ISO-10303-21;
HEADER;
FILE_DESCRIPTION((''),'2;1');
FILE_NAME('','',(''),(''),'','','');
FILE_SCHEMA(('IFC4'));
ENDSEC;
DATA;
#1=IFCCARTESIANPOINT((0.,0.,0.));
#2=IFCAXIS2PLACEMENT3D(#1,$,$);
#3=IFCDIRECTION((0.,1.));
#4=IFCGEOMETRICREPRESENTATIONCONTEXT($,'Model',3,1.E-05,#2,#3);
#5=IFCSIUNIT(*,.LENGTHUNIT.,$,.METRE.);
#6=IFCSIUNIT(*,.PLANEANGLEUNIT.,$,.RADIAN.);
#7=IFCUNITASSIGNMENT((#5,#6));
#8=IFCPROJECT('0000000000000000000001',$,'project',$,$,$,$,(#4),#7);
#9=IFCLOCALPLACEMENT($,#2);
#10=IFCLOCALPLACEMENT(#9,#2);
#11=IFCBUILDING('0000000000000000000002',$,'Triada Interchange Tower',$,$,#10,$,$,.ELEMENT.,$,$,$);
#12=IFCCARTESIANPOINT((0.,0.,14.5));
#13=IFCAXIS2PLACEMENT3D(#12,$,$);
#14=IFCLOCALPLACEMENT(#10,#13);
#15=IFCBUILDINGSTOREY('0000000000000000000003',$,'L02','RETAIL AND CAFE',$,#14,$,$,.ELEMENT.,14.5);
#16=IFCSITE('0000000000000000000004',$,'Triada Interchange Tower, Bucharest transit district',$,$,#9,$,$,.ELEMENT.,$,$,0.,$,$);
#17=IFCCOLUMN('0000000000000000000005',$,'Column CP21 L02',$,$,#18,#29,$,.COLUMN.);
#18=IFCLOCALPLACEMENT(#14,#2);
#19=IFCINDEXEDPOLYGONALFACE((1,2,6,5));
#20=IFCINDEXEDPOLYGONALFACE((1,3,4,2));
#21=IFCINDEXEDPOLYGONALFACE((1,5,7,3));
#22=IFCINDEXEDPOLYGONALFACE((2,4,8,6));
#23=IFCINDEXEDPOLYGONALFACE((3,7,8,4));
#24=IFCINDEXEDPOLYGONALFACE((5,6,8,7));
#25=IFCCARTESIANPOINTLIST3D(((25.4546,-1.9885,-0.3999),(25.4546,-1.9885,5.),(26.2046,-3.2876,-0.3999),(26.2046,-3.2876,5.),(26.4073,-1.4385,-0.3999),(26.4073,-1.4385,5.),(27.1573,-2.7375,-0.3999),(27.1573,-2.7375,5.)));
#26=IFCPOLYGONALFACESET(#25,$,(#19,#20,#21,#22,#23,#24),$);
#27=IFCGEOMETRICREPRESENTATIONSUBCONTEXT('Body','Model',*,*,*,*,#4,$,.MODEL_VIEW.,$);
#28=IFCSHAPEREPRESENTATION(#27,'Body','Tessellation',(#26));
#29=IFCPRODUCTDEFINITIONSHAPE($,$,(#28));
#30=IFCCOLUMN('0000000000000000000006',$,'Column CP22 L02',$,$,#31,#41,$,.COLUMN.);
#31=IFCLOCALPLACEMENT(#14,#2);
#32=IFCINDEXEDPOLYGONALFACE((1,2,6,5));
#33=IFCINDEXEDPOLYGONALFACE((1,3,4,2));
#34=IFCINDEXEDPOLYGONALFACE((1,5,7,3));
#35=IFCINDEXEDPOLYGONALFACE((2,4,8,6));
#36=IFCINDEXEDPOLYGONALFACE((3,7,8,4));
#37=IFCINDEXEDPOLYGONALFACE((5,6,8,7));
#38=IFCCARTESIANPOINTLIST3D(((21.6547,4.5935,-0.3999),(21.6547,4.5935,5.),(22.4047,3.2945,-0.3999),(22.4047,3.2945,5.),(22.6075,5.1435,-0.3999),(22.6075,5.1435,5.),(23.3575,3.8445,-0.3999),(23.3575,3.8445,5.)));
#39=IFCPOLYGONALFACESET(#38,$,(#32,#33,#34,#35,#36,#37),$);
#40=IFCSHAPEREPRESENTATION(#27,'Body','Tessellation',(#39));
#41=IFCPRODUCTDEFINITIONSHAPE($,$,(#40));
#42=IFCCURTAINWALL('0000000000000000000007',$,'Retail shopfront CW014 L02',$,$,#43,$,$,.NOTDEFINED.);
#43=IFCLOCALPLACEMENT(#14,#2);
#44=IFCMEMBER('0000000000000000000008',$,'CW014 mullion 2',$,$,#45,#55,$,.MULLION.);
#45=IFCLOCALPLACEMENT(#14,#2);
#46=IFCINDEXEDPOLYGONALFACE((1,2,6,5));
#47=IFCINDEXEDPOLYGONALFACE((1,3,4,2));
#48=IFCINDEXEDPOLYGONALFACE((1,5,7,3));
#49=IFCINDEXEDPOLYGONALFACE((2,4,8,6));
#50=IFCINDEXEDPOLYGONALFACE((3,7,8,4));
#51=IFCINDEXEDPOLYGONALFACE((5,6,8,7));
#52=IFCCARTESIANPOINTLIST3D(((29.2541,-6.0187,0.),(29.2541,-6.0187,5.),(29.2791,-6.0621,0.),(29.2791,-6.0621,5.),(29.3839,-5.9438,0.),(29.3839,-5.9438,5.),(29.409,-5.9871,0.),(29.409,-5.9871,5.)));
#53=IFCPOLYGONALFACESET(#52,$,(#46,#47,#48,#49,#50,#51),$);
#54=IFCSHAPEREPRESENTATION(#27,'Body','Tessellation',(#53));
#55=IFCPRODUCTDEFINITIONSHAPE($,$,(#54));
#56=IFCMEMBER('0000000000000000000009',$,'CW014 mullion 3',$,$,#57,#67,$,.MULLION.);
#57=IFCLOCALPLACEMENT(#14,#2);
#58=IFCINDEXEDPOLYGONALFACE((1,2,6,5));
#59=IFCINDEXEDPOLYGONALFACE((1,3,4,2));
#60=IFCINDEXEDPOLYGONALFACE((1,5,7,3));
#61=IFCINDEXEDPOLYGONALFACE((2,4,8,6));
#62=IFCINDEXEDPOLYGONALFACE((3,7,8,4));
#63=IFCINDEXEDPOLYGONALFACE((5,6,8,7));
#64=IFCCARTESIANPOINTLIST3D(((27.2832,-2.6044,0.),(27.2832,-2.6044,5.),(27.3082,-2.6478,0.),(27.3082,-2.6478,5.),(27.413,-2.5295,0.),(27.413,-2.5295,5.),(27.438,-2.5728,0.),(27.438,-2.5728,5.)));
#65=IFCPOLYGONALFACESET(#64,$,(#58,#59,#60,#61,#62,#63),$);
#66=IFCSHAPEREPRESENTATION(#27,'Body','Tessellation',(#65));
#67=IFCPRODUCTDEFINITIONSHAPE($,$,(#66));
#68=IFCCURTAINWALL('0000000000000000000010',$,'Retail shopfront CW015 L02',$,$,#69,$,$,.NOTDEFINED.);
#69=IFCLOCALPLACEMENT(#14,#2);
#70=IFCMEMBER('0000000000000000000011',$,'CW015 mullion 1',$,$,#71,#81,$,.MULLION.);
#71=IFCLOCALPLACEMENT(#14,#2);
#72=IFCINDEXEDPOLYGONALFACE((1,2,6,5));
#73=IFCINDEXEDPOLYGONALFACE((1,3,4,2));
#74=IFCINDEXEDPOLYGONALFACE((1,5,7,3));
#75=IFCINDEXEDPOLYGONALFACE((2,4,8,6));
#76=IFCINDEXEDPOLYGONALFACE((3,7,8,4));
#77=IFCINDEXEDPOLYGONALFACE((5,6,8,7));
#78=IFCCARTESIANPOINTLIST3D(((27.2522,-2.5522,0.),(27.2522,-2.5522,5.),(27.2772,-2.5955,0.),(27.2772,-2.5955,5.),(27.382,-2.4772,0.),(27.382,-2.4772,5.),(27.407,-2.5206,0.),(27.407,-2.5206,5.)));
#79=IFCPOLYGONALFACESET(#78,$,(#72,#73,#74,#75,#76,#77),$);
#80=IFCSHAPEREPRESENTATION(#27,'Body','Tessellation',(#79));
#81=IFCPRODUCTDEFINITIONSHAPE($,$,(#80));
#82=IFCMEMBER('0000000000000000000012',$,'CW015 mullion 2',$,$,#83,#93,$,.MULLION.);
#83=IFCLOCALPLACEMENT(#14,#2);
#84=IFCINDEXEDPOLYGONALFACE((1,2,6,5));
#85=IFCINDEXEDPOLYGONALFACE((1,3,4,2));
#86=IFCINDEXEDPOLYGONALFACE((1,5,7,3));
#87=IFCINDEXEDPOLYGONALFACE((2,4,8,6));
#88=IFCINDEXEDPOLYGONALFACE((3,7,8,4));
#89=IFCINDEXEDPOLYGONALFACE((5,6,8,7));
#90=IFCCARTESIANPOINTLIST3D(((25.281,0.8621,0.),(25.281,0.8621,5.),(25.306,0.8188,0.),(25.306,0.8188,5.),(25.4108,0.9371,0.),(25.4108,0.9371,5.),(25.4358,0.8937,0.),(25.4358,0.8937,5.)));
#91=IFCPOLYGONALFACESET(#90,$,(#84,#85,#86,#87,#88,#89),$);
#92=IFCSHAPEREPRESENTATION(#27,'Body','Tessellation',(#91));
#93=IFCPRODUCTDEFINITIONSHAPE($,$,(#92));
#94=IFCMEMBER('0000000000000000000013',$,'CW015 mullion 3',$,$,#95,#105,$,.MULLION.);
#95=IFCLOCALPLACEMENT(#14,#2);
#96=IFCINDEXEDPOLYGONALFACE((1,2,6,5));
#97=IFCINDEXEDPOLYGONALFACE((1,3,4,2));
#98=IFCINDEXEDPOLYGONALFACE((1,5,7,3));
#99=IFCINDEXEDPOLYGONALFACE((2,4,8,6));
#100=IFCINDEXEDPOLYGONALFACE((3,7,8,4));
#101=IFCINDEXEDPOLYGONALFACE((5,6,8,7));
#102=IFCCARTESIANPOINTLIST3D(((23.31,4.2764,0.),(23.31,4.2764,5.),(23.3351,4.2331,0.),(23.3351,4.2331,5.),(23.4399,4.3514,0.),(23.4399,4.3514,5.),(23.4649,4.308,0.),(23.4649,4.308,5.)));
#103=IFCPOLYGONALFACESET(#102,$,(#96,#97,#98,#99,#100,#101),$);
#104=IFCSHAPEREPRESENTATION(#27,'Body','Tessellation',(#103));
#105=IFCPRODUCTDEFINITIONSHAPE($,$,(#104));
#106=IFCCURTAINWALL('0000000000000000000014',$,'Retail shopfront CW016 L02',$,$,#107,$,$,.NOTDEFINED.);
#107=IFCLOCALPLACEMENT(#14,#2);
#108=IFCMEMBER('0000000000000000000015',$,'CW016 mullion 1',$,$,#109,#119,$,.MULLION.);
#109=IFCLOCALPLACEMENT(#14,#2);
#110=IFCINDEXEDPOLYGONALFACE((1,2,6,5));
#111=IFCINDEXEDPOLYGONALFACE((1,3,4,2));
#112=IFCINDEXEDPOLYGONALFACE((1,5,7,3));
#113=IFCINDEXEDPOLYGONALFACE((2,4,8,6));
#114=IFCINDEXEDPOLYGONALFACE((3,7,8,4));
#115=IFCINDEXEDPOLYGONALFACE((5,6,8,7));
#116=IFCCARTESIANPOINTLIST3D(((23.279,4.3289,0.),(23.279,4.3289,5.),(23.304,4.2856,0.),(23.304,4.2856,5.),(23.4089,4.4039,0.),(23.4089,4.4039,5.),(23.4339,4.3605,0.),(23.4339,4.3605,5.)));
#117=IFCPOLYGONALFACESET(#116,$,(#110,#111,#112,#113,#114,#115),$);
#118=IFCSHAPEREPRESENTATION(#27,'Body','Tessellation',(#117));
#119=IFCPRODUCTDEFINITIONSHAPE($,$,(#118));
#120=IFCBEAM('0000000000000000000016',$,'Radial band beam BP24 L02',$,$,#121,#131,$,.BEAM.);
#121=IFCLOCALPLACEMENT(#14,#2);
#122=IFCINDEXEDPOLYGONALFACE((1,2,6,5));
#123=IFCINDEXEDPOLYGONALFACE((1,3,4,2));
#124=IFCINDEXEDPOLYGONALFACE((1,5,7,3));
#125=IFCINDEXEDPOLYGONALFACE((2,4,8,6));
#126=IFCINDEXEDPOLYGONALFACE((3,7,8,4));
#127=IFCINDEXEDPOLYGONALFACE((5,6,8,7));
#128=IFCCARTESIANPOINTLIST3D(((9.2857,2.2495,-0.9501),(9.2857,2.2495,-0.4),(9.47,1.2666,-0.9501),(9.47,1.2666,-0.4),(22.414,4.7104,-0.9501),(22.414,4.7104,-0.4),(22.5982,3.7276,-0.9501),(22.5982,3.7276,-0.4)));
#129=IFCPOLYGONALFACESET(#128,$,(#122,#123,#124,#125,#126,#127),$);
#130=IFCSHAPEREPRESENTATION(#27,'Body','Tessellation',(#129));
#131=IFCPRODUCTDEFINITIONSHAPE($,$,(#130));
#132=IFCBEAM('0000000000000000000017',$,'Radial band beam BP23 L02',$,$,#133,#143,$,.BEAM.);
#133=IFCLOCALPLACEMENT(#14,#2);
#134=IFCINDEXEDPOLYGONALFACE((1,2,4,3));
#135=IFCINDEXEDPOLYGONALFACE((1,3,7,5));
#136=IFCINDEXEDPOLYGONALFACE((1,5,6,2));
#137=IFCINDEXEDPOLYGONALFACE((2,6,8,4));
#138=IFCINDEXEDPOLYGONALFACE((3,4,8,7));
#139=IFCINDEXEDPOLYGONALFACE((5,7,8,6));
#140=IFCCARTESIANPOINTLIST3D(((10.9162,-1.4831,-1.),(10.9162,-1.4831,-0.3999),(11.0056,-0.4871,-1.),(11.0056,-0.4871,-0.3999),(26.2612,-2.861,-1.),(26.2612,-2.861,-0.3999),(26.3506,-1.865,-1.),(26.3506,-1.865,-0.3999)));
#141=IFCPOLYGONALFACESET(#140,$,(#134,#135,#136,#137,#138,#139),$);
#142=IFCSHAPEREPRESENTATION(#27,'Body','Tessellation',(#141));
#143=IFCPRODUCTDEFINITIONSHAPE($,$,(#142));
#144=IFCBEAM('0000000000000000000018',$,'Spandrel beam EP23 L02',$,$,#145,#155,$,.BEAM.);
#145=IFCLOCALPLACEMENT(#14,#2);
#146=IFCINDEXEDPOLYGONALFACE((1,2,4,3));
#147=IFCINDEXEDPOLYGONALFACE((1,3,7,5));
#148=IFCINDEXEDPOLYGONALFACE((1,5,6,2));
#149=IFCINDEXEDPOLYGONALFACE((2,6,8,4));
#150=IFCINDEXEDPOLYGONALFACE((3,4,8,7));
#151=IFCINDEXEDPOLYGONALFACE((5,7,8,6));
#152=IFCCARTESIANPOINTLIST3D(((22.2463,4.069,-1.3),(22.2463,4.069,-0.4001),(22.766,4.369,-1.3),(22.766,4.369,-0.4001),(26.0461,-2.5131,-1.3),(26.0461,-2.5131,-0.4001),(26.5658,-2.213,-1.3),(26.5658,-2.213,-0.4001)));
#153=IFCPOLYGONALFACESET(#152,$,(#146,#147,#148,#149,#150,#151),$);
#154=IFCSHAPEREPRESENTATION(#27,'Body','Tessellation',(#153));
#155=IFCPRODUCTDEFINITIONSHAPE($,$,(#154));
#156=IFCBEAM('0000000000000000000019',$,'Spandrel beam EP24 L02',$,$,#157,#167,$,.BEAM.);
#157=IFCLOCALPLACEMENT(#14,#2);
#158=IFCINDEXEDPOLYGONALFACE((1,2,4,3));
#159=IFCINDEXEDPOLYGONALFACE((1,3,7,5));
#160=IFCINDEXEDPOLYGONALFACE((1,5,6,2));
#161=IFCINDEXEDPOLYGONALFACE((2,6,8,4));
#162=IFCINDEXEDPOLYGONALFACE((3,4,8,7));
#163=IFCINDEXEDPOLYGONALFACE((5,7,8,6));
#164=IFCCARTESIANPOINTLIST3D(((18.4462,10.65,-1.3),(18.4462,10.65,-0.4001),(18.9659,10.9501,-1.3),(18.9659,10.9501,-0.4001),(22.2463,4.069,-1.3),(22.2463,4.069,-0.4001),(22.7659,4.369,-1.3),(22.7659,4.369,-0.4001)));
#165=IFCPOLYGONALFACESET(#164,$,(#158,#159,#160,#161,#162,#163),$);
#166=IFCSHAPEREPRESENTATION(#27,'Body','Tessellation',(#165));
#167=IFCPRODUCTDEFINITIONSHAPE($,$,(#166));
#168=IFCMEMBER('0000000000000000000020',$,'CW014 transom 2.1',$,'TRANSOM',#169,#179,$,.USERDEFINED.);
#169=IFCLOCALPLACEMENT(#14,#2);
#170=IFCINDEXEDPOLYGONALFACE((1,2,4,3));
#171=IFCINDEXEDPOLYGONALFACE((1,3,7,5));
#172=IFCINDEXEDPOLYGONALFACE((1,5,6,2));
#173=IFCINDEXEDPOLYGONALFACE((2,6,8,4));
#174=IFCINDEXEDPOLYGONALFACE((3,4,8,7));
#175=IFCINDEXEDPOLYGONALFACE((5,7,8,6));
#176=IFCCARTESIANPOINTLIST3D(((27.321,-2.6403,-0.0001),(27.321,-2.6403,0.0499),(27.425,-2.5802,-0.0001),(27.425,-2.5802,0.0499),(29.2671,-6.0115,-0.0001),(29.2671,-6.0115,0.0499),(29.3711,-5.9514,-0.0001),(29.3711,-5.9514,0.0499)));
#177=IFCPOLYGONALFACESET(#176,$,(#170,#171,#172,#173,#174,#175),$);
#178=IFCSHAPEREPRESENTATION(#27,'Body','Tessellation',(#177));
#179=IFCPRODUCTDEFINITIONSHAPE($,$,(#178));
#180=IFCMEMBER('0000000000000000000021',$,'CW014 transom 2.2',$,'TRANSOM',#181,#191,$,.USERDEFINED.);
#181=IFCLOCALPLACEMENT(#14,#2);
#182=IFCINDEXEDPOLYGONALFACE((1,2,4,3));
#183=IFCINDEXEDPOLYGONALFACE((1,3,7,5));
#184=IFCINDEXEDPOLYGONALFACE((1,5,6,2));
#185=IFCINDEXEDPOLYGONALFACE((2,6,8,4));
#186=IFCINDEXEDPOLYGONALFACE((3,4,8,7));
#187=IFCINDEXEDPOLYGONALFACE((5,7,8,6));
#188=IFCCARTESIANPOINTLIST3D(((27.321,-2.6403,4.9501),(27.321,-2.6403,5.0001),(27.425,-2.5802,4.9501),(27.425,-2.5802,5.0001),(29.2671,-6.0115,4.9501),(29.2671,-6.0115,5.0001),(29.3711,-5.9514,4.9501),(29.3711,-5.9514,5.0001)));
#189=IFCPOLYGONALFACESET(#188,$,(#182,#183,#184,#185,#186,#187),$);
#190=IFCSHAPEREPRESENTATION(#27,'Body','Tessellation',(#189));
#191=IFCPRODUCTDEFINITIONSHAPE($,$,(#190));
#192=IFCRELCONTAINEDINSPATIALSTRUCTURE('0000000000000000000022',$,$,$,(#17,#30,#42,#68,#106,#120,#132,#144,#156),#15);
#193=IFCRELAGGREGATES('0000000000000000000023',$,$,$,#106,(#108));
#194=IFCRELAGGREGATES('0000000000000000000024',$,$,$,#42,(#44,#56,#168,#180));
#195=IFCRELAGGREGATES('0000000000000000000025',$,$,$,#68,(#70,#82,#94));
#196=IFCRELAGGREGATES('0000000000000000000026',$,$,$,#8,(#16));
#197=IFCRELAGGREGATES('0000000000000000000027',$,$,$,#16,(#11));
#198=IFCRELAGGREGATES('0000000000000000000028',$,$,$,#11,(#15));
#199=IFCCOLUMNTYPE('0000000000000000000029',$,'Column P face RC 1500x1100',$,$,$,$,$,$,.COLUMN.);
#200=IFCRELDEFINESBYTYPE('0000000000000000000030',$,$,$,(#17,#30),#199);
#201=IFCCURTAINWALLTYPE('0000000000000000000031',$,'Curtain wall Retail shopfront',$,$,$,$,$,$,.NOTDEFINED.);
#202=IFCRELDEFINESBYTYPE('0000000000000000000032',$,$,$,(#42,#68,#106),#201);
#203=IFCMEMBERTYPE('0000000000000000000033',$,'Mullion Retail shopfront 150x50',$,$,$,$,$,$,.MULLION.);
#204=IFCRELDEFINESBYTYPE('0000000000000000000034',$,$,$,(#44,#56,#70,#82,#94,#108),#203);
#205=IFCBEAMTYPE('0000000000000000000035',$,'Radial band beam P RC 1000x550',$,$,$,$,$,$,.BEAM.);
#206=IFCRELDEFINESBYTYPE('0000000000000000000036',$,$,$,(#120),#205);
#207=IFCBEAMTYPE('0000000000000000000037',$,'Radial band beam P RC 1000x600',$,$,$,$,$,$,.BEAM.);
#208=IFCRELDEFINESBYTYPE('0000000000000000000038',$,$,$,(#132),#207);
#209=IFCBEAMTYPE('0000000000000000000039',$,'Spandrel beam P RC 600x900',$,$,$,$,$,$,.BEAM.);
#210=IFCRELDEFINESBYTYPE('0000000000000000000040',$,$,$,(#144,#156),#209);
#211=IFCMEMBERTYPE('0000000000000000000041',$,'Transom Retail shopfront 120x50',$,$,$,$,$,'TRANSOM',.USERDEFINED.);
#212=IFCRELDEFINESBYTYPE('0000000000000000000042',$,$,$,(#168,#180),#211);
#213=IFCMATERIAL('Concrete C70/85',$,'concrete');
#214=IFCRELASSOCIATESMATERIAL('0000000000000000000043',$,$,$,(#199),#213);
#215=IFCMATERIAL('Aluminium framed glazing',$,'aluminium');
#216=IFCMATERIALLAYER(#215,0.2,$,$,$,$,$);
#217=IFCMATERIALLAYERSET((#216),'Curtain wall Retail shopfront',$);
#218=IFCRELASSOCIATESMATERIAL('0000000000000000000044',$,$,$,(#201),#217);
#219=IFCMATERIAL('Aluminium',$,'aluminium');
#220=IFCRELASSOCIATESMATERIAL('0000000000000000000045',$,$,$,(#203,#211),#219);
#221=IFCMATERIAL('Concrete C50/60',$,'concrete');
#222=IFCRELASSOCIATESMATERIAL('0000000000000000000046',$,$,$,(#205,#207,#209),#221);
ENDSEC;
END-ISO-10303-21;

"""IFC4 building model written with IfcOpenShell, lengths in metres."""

from ifc_helpers import new_model, si_unit, direction, frame, origin, origin_2d, place, context, subcontext, project, spatial, rectangle, extrude, material, layer, layer_set, material_profile, profile_set, type_object, element, aggregate, save


model = new_model("IFC4")

# Units and contexts
model_context = context("Model", 3, precision=1e-05, world=origin(), true_north=direction((0.0, 1.0)))
body_context = subcontext(model_context, "Body", "Model", "MODEL_VIEW")
ifc_project = project(units=[si_unit("LENGTHUNIT", "METRE"), si_unit("PLANEANGLEUNIT", "RADIAN")], contexts=[model_context])

# Site, building, storey
site_placement = place(None, origin())
site = spatial("IfcSite", under=ifc_project, at=site_placement, Name="Triada Interchange Tower, Bucharest transit district", CompositionType="ELEMENT", RefElevation=0.0)
building_placement = place(site_placement, origin())
building = spatial("IfcBuilding", under=site, at=building_placement, Name="Triada Interchange Tower", CompositionType="ELEMENT")
storey_placement = place(building_placement, frame((0.0, 0.0, 14.5)))
storey = spatial("IfcBuildingStorey", under=building, at=storey_placement, Name="L02", Description="RETAIL AND CAFE", CompositionType="ELEMENT", Elevation=14.5)

# Columns
ifc_material_1 = material(Name="Concrete C70/85", Category="concrete")
ifc_material_profile_1 = material_profile(ifc_material_1, rectangle(XDim=1.5, YDim=1.1001, at=origin_2d()), Name="RC 1500x1100")
ifc_profile_set_1 = profile_set([ifc_material_profile_1], Name="Concrete C70/85")
column_type = type_object("IfcColumnType", Name="Column P face RC 1500x1100", PredefinedType="COLUMN", material=ifc_profile_set_1)
for number, where, z_axis, x_axis, name in (
    (1, (26.3059, -2.363, -0.3999), (0.0, 0.0, 1.0), (-0.5, 0.866025, 0.0), "Column CP21 L02"),
    (2, (22.5061, 4.219, -0.3999), (0.0, 0.0, 1.0), (-0.5, 0.866025, 0.0), "Column CP22 L02"),
):
    element("IfcColumn", number, at=place(storey_placement, frame(where, z_axis=z_axis, x_axis=x_axis)), inside=storey, type_object=column_type, Name=name, PredefinedType="COLUMN", context=body_context, shape_type="SweptSolid", body=[
        extrude(rectangle(XDim=1.5, YDim=1.1001, at=origin_2d()), origin(), (0.0, 0.0, 1.0), 5.3999),
    ])

# Curtain walls, members
ifc_material_2 = material(Name="Aluminium framed glazing", Category="aluminium")
ifc_layer_1 = layer(ifc_material_2, 0.2)
ifc_layer_set_1 = layer_set([ifc_layer_1], Name="Curtain wall Retail shopfront")
curtain_wall_type = type_object("IfcCurtainWallType", Name="Curtain wall Retail shopfront", PredefinedType="NOTDEFINED", material=ifc_layer_set_1)
curtain_wall_1_placement = place(storey_placement, origin())
curtain_wall_1 = element("IfcCurtainWall", 3, at=curtain_wall_1_placement, inside=storey, type_object=curtain_wall_type, Name="Retail shopfront CW014 L02", PredefinedType="NOTDEFINED")
ifc_material_3 = material(Name="Aluminium", Category="aluminium")
ifc_material_profile_2 = material_profile(ifc_material_3, rectangle(XDim=0.1499, YDim=0.05, at=origin_2d()), Name="Aluminium mullion")
ifc_profile_set_2 = profile_set([ifc_material_profile_2], Name="Aluminium")
member_type_1 = type_object("IfcMemberType", Name="Mullion Retail shopfront 150x50", PredefinedType="MULLION", material=ifc_profile_set_2)
member_1_placement = place(storey_placement, frame((29.3315, -6.0029, 0.0), z_axis=(0.0, 0.0, 1.0), x_axis=(-0.866055, -0.499948, 0.0)))
member_1 = element("IfcMember", 4, at=member_1_placement, type_object=member_type_1, Name="CW014 mullion 2", PredefinedType="MULLION", context=body_context, shape_type="SweptSolid", body=[
    extrude(rectangle(XDim=0.1499, YDim=0.05, at=origin_2d()), origin(), (0.0, 0.0, 1.0), 5.0),
])
member_2_placement = place(storey_placement, frame((27.3606, -2.5886, 0.0), z_axis=(0.0, 0.0, 1.0), x_axis=(-0.866055, -0.499948, 0.0)))
member_2 = element("IfcMember", 5, at=member_2_placement, type_object=member_type_1, Name="CW014 mullion 3", PredefinedType="MULLION", context=body_context, shape_type="SweptSolid", body=[
    extrude(rectangle(XDim=0.1499, YDim=0.05, at=origin_2d()), origin(), (0.0, 0.0, 1.0), 5.0),
])
curtain_wall_2_placement = place(storey_placement, origin())
curtain_wall_2 = element("IfcCurtainWall", 6, at=curtain_wall_2_placement, inside=storey, type_object=curtain_wall_type, Name="Retail shopfront CW015 L02", PredefinedType="NOTDEFINED")
member_3_placement = place(storey_placement, frame((27.3296, -2.5364, 0.0), z_axis=(0.0, 0.0, 1.0), x_axis=(-0.866055, -0.499948, 0.0)))
member_3 = element("IfcMember", 7, at=member_3_placement, type_object=member_type_1, Name="CW015 mullion 1", PredefinedType="MULLION", context=body_context, shape_type="SweptSolid", body=[
    extrude(rectangle(XDim=0.1499, YDim=0.05, at=origin_2d()), origin(), (0.0, 0.0, 1.0), 5.0),
])
member_4_placement = place(storey_placement, frame((25.3584, 0.8779, 0.0), z_axis=(0.0, 0.0, 1.0), x_axis=(-0.866055, -0.499948, 0.0)))
member_4 = element("IfcMember", 8, at=member_4_placement, type_object=member_type_1, Name="CW015 mullion 2", PredefinedType="MULLION", context=body_context, shape_type="SweptSolid", body=[
    extrude(rectangle(XDim=0.1499, YDim=0.05, at=origin_2d()), origin(), (0.0, 0.0, 1.0), 5.0),
])
member_5_placement = place(storey_placement, frame((23.3875, 4.2922, 0.0), z_axis=(0.0, 0.0, 1.0), x_axis=(-0.866055, -0.499948, 0.0)))
member_5 = element("IfcMember", 9, at=member_5_placement, type_object=member_type_1, Name="CW015 mullion 3", PredefinedType="MULLION", context=body_context, shape_type="SweptSolid", body=[
    extrude(rectangle(XDim=0.1499, YDim=0.05, at=origin_2d()), origin(), (0.0, 0.0, 1.0), 5.0),
])

# Curtain wall, member
curtain_wall_3_placement = place(storey_placement, origin())
curtain_wall_3 = element("IfcCurtainWall", 10, at=curtain_wall_3_placement, inside=storey, type_object=curtain_wall_type, Name="Retail shopfront CW016 L02", PredefinedType="NOTDEFINED")
member_6_placement = place(storey_placement, frame((23.3564, 4.3447, 0.0), z_axis=(0.0, 0.0, 1.0), x_axis=(-0.866087, -0.499893, 0.0)))
member_6 = element("IfcMember", 11, at=member_6_placement, type_object=member_type_1, Name="CW016 mullion 1", PredefinedType="MULLION", context=body_context, shape_type="SweptSolid", body=[
    extrude(rectangle(XDim=0.1499, YDim=0.05, at=origin_2d()), origin(), (0.0, 0.0, 1.0), 5.0),
])

# Beams
ifc_material_4 = material(Name="Concrete C50/60", Category="concrete")
ifc_material_profile_3 = material_profile(ifc_material_4, rectangle(XDim=1.0, YDim=0.55, at=origin_2d()), Name="RC 1000x550")
ifc_profile_set_3 = profile_set([ifc_material_profile_3], Name="Concrete C50/60")
beam_type_1 = type_object("IfcBeamType", Name="Radial band beam P RC 1000x550", PredefinedType="BEAM", material=ifc_profile_set_3)
beam_1_placement = place(storey_placement, frame((22.5061, 4.219, -0.675), z_axis=(-0.98288, -0.184245, 0.0), x_axis=(0.184245, -0.98288, 0.0)))
element("IfcBeam", 12, at=beam_1_placement, inside=storey, type_object=beam_type_1, Name="Radial band beam BP24 L02", PredefinedType="BEAM", context=body_context, shape_type="SweptSolid", body=[
    extrude(rectangle(XDim=1.0, YDim=0.55, at=origin_2d()), origin(), (0.0, 0.0, 1.0), 13.3569),
])
ifc_material_profile_4 = material_profile(ifc_material_4, rectangle(XDim=1.0, YDim=0.6001, at=origin_2d()), Name="RC 1000x600")
ifc_profile_set_4 = profile_set([ifc_material_profile_4], Name="Concrete C50/60")
beam_type_2 = type_object("IfcBeamType", Name="Radial band beam P RC 1000x600", PredefinedType="BEAM", material=ifc_profile_set_4)
beam_2_placement = place(storey_placement, frame((26.3059, -2.363, -0.7), z_axis=(-0.995992, 0.089437, 0.0), x_axis=(-0.089437, -0.995992, 0.0)))
element("IfcBeam", 13, at=beam_2_placement, inside=storey, type_object=beam_type_2, Name="Radial band beam BP23 L02", PredefinedType="BEAM", context=body_context, shape_type="SweptSolid", body=[
    extrude(rectangle(XDim=1.0, YDim=0.6001, at=origin_2d()), origin(), (0.0, 0.0, 1.0), 15.4067),
])
ifc_material_profile_5 = material_profile(ifc_material_4, rectangle(XDim=0.6001, YDim=0.8999, at=origin_2d()), Name="RC 600x900")
ifc_profile_set_5 = profile_set([ifc_material_profile_5], Name="Concrete C50/60")
beam_type_3 = type_object("IfcBeamType", Name="Spandrel beam P RC 600x900", PredefinedType="BEAM", material=ifc_profile_set_5)
beam_3_placement = place(storey_placement, frame((26.3059, -2.363, -0.8501), z_axis=(-0.499967, 0.866044, 0.0), x_axis=(-0.866044, -0.499967, 0.0)))
element("IfcBeam", 14, at=beam_3_placement, inside=storey, type_object=beam_type_3, Name="Spandrel beam EP23 L02", PredefinedType="BEAM", context=body_context, shape_type="SweptSolid", body=[
    extrude(rectangle(XDim=0.6001, YDim=0.8999, at=origin_2d()), origin(), (0.0, 0.0, 1.0), 7.6001),
])
beam_4_placement = place(storey_placement, frame((22.5061, 4.219, -0.8501), z_axis=(-0.500047, 0.865998, 0.0), x_axis=(-0.865998, -0.500047, 0.0)))
element("IfcBeam", 15, at=beam_4_placement, inside=storey, type_object=beam_type_3, Name="Spandrel beam EP24 L02", PredefinedType="BEAM", context=body_context, shape_type="SweptSolid", body=[
    extrude(rectangle(XDim=0.6001, YDim=0.8999, at=origin_2d()), origin(), (0.0, 0.0, 1.0), 7.5994),
])

# Members
ifc_material_profile_6 = material_profile(ifc_material_3, rectangle(XDim=0.1201, YDim=0.05, at=origin_2d()), Name="Aluminium transom")
ifc_profile_set_6 = profile_set([ifc_material_profile_6], Name="Aluminium")
member_type_2 = type_object("IfcMemberType", Name="Transom Retail shopfront 120x50", ElementType="TRANSOM", PredefinedType="USERDEFINED", material=ifc_profile_set_6)
member_7_placement = place(storey_placement, frame((29.3191, -5.9814, 0.0249), z_axis=(-0.49995, 0.866054, 0.0), x_axis=(-0.866054, -0.49995, 0.0)))
member_7 = element("IfcMember", 16, at=member_7_placement, type_object=member_type_2, Name="CW014 transom 2.1", ObjectType="TRANSOM", PredefinedType="USERDEFINED", context=body_context, shape_type="SweptSolid", body=[
    extrude(rectangle(XDim=0.1201, YDim=0.05, at=origin_2d()), origin(), (0.0, 0.0, 1.0), 3.8926),
])
member_8_placement = place(storey_placement, frame((29.3191, -5.9814, 4.9751), z_axis=(-0.49995, 0.866054, 0.0), x_axis=(-0.866054, -0.49995, 0.0)))
member_8 = element("IfcMember", 17, at=member_8_placement, type_object=member_type_2, Name="CW014 transom 2.2", ObjectType="TRANSOM", PredefinedType="USERDEFINED", context=body_context, shape_type="SweptSolid", body=[
    extrude(rectangle(XDim=0.1201, YDim=0.05, at=origin_2d()), origin(), (0.0, 0.0, 1.0), 3.8926),
])
aggregate(curtain_wall_3, [member_6])

aggregate(curtain_wall_1, [member_1, member_2, member_7, member_8])
aggregate(curtain_wall_2, [member_3, member_4, member_5])

save(model, "model.ifc")
